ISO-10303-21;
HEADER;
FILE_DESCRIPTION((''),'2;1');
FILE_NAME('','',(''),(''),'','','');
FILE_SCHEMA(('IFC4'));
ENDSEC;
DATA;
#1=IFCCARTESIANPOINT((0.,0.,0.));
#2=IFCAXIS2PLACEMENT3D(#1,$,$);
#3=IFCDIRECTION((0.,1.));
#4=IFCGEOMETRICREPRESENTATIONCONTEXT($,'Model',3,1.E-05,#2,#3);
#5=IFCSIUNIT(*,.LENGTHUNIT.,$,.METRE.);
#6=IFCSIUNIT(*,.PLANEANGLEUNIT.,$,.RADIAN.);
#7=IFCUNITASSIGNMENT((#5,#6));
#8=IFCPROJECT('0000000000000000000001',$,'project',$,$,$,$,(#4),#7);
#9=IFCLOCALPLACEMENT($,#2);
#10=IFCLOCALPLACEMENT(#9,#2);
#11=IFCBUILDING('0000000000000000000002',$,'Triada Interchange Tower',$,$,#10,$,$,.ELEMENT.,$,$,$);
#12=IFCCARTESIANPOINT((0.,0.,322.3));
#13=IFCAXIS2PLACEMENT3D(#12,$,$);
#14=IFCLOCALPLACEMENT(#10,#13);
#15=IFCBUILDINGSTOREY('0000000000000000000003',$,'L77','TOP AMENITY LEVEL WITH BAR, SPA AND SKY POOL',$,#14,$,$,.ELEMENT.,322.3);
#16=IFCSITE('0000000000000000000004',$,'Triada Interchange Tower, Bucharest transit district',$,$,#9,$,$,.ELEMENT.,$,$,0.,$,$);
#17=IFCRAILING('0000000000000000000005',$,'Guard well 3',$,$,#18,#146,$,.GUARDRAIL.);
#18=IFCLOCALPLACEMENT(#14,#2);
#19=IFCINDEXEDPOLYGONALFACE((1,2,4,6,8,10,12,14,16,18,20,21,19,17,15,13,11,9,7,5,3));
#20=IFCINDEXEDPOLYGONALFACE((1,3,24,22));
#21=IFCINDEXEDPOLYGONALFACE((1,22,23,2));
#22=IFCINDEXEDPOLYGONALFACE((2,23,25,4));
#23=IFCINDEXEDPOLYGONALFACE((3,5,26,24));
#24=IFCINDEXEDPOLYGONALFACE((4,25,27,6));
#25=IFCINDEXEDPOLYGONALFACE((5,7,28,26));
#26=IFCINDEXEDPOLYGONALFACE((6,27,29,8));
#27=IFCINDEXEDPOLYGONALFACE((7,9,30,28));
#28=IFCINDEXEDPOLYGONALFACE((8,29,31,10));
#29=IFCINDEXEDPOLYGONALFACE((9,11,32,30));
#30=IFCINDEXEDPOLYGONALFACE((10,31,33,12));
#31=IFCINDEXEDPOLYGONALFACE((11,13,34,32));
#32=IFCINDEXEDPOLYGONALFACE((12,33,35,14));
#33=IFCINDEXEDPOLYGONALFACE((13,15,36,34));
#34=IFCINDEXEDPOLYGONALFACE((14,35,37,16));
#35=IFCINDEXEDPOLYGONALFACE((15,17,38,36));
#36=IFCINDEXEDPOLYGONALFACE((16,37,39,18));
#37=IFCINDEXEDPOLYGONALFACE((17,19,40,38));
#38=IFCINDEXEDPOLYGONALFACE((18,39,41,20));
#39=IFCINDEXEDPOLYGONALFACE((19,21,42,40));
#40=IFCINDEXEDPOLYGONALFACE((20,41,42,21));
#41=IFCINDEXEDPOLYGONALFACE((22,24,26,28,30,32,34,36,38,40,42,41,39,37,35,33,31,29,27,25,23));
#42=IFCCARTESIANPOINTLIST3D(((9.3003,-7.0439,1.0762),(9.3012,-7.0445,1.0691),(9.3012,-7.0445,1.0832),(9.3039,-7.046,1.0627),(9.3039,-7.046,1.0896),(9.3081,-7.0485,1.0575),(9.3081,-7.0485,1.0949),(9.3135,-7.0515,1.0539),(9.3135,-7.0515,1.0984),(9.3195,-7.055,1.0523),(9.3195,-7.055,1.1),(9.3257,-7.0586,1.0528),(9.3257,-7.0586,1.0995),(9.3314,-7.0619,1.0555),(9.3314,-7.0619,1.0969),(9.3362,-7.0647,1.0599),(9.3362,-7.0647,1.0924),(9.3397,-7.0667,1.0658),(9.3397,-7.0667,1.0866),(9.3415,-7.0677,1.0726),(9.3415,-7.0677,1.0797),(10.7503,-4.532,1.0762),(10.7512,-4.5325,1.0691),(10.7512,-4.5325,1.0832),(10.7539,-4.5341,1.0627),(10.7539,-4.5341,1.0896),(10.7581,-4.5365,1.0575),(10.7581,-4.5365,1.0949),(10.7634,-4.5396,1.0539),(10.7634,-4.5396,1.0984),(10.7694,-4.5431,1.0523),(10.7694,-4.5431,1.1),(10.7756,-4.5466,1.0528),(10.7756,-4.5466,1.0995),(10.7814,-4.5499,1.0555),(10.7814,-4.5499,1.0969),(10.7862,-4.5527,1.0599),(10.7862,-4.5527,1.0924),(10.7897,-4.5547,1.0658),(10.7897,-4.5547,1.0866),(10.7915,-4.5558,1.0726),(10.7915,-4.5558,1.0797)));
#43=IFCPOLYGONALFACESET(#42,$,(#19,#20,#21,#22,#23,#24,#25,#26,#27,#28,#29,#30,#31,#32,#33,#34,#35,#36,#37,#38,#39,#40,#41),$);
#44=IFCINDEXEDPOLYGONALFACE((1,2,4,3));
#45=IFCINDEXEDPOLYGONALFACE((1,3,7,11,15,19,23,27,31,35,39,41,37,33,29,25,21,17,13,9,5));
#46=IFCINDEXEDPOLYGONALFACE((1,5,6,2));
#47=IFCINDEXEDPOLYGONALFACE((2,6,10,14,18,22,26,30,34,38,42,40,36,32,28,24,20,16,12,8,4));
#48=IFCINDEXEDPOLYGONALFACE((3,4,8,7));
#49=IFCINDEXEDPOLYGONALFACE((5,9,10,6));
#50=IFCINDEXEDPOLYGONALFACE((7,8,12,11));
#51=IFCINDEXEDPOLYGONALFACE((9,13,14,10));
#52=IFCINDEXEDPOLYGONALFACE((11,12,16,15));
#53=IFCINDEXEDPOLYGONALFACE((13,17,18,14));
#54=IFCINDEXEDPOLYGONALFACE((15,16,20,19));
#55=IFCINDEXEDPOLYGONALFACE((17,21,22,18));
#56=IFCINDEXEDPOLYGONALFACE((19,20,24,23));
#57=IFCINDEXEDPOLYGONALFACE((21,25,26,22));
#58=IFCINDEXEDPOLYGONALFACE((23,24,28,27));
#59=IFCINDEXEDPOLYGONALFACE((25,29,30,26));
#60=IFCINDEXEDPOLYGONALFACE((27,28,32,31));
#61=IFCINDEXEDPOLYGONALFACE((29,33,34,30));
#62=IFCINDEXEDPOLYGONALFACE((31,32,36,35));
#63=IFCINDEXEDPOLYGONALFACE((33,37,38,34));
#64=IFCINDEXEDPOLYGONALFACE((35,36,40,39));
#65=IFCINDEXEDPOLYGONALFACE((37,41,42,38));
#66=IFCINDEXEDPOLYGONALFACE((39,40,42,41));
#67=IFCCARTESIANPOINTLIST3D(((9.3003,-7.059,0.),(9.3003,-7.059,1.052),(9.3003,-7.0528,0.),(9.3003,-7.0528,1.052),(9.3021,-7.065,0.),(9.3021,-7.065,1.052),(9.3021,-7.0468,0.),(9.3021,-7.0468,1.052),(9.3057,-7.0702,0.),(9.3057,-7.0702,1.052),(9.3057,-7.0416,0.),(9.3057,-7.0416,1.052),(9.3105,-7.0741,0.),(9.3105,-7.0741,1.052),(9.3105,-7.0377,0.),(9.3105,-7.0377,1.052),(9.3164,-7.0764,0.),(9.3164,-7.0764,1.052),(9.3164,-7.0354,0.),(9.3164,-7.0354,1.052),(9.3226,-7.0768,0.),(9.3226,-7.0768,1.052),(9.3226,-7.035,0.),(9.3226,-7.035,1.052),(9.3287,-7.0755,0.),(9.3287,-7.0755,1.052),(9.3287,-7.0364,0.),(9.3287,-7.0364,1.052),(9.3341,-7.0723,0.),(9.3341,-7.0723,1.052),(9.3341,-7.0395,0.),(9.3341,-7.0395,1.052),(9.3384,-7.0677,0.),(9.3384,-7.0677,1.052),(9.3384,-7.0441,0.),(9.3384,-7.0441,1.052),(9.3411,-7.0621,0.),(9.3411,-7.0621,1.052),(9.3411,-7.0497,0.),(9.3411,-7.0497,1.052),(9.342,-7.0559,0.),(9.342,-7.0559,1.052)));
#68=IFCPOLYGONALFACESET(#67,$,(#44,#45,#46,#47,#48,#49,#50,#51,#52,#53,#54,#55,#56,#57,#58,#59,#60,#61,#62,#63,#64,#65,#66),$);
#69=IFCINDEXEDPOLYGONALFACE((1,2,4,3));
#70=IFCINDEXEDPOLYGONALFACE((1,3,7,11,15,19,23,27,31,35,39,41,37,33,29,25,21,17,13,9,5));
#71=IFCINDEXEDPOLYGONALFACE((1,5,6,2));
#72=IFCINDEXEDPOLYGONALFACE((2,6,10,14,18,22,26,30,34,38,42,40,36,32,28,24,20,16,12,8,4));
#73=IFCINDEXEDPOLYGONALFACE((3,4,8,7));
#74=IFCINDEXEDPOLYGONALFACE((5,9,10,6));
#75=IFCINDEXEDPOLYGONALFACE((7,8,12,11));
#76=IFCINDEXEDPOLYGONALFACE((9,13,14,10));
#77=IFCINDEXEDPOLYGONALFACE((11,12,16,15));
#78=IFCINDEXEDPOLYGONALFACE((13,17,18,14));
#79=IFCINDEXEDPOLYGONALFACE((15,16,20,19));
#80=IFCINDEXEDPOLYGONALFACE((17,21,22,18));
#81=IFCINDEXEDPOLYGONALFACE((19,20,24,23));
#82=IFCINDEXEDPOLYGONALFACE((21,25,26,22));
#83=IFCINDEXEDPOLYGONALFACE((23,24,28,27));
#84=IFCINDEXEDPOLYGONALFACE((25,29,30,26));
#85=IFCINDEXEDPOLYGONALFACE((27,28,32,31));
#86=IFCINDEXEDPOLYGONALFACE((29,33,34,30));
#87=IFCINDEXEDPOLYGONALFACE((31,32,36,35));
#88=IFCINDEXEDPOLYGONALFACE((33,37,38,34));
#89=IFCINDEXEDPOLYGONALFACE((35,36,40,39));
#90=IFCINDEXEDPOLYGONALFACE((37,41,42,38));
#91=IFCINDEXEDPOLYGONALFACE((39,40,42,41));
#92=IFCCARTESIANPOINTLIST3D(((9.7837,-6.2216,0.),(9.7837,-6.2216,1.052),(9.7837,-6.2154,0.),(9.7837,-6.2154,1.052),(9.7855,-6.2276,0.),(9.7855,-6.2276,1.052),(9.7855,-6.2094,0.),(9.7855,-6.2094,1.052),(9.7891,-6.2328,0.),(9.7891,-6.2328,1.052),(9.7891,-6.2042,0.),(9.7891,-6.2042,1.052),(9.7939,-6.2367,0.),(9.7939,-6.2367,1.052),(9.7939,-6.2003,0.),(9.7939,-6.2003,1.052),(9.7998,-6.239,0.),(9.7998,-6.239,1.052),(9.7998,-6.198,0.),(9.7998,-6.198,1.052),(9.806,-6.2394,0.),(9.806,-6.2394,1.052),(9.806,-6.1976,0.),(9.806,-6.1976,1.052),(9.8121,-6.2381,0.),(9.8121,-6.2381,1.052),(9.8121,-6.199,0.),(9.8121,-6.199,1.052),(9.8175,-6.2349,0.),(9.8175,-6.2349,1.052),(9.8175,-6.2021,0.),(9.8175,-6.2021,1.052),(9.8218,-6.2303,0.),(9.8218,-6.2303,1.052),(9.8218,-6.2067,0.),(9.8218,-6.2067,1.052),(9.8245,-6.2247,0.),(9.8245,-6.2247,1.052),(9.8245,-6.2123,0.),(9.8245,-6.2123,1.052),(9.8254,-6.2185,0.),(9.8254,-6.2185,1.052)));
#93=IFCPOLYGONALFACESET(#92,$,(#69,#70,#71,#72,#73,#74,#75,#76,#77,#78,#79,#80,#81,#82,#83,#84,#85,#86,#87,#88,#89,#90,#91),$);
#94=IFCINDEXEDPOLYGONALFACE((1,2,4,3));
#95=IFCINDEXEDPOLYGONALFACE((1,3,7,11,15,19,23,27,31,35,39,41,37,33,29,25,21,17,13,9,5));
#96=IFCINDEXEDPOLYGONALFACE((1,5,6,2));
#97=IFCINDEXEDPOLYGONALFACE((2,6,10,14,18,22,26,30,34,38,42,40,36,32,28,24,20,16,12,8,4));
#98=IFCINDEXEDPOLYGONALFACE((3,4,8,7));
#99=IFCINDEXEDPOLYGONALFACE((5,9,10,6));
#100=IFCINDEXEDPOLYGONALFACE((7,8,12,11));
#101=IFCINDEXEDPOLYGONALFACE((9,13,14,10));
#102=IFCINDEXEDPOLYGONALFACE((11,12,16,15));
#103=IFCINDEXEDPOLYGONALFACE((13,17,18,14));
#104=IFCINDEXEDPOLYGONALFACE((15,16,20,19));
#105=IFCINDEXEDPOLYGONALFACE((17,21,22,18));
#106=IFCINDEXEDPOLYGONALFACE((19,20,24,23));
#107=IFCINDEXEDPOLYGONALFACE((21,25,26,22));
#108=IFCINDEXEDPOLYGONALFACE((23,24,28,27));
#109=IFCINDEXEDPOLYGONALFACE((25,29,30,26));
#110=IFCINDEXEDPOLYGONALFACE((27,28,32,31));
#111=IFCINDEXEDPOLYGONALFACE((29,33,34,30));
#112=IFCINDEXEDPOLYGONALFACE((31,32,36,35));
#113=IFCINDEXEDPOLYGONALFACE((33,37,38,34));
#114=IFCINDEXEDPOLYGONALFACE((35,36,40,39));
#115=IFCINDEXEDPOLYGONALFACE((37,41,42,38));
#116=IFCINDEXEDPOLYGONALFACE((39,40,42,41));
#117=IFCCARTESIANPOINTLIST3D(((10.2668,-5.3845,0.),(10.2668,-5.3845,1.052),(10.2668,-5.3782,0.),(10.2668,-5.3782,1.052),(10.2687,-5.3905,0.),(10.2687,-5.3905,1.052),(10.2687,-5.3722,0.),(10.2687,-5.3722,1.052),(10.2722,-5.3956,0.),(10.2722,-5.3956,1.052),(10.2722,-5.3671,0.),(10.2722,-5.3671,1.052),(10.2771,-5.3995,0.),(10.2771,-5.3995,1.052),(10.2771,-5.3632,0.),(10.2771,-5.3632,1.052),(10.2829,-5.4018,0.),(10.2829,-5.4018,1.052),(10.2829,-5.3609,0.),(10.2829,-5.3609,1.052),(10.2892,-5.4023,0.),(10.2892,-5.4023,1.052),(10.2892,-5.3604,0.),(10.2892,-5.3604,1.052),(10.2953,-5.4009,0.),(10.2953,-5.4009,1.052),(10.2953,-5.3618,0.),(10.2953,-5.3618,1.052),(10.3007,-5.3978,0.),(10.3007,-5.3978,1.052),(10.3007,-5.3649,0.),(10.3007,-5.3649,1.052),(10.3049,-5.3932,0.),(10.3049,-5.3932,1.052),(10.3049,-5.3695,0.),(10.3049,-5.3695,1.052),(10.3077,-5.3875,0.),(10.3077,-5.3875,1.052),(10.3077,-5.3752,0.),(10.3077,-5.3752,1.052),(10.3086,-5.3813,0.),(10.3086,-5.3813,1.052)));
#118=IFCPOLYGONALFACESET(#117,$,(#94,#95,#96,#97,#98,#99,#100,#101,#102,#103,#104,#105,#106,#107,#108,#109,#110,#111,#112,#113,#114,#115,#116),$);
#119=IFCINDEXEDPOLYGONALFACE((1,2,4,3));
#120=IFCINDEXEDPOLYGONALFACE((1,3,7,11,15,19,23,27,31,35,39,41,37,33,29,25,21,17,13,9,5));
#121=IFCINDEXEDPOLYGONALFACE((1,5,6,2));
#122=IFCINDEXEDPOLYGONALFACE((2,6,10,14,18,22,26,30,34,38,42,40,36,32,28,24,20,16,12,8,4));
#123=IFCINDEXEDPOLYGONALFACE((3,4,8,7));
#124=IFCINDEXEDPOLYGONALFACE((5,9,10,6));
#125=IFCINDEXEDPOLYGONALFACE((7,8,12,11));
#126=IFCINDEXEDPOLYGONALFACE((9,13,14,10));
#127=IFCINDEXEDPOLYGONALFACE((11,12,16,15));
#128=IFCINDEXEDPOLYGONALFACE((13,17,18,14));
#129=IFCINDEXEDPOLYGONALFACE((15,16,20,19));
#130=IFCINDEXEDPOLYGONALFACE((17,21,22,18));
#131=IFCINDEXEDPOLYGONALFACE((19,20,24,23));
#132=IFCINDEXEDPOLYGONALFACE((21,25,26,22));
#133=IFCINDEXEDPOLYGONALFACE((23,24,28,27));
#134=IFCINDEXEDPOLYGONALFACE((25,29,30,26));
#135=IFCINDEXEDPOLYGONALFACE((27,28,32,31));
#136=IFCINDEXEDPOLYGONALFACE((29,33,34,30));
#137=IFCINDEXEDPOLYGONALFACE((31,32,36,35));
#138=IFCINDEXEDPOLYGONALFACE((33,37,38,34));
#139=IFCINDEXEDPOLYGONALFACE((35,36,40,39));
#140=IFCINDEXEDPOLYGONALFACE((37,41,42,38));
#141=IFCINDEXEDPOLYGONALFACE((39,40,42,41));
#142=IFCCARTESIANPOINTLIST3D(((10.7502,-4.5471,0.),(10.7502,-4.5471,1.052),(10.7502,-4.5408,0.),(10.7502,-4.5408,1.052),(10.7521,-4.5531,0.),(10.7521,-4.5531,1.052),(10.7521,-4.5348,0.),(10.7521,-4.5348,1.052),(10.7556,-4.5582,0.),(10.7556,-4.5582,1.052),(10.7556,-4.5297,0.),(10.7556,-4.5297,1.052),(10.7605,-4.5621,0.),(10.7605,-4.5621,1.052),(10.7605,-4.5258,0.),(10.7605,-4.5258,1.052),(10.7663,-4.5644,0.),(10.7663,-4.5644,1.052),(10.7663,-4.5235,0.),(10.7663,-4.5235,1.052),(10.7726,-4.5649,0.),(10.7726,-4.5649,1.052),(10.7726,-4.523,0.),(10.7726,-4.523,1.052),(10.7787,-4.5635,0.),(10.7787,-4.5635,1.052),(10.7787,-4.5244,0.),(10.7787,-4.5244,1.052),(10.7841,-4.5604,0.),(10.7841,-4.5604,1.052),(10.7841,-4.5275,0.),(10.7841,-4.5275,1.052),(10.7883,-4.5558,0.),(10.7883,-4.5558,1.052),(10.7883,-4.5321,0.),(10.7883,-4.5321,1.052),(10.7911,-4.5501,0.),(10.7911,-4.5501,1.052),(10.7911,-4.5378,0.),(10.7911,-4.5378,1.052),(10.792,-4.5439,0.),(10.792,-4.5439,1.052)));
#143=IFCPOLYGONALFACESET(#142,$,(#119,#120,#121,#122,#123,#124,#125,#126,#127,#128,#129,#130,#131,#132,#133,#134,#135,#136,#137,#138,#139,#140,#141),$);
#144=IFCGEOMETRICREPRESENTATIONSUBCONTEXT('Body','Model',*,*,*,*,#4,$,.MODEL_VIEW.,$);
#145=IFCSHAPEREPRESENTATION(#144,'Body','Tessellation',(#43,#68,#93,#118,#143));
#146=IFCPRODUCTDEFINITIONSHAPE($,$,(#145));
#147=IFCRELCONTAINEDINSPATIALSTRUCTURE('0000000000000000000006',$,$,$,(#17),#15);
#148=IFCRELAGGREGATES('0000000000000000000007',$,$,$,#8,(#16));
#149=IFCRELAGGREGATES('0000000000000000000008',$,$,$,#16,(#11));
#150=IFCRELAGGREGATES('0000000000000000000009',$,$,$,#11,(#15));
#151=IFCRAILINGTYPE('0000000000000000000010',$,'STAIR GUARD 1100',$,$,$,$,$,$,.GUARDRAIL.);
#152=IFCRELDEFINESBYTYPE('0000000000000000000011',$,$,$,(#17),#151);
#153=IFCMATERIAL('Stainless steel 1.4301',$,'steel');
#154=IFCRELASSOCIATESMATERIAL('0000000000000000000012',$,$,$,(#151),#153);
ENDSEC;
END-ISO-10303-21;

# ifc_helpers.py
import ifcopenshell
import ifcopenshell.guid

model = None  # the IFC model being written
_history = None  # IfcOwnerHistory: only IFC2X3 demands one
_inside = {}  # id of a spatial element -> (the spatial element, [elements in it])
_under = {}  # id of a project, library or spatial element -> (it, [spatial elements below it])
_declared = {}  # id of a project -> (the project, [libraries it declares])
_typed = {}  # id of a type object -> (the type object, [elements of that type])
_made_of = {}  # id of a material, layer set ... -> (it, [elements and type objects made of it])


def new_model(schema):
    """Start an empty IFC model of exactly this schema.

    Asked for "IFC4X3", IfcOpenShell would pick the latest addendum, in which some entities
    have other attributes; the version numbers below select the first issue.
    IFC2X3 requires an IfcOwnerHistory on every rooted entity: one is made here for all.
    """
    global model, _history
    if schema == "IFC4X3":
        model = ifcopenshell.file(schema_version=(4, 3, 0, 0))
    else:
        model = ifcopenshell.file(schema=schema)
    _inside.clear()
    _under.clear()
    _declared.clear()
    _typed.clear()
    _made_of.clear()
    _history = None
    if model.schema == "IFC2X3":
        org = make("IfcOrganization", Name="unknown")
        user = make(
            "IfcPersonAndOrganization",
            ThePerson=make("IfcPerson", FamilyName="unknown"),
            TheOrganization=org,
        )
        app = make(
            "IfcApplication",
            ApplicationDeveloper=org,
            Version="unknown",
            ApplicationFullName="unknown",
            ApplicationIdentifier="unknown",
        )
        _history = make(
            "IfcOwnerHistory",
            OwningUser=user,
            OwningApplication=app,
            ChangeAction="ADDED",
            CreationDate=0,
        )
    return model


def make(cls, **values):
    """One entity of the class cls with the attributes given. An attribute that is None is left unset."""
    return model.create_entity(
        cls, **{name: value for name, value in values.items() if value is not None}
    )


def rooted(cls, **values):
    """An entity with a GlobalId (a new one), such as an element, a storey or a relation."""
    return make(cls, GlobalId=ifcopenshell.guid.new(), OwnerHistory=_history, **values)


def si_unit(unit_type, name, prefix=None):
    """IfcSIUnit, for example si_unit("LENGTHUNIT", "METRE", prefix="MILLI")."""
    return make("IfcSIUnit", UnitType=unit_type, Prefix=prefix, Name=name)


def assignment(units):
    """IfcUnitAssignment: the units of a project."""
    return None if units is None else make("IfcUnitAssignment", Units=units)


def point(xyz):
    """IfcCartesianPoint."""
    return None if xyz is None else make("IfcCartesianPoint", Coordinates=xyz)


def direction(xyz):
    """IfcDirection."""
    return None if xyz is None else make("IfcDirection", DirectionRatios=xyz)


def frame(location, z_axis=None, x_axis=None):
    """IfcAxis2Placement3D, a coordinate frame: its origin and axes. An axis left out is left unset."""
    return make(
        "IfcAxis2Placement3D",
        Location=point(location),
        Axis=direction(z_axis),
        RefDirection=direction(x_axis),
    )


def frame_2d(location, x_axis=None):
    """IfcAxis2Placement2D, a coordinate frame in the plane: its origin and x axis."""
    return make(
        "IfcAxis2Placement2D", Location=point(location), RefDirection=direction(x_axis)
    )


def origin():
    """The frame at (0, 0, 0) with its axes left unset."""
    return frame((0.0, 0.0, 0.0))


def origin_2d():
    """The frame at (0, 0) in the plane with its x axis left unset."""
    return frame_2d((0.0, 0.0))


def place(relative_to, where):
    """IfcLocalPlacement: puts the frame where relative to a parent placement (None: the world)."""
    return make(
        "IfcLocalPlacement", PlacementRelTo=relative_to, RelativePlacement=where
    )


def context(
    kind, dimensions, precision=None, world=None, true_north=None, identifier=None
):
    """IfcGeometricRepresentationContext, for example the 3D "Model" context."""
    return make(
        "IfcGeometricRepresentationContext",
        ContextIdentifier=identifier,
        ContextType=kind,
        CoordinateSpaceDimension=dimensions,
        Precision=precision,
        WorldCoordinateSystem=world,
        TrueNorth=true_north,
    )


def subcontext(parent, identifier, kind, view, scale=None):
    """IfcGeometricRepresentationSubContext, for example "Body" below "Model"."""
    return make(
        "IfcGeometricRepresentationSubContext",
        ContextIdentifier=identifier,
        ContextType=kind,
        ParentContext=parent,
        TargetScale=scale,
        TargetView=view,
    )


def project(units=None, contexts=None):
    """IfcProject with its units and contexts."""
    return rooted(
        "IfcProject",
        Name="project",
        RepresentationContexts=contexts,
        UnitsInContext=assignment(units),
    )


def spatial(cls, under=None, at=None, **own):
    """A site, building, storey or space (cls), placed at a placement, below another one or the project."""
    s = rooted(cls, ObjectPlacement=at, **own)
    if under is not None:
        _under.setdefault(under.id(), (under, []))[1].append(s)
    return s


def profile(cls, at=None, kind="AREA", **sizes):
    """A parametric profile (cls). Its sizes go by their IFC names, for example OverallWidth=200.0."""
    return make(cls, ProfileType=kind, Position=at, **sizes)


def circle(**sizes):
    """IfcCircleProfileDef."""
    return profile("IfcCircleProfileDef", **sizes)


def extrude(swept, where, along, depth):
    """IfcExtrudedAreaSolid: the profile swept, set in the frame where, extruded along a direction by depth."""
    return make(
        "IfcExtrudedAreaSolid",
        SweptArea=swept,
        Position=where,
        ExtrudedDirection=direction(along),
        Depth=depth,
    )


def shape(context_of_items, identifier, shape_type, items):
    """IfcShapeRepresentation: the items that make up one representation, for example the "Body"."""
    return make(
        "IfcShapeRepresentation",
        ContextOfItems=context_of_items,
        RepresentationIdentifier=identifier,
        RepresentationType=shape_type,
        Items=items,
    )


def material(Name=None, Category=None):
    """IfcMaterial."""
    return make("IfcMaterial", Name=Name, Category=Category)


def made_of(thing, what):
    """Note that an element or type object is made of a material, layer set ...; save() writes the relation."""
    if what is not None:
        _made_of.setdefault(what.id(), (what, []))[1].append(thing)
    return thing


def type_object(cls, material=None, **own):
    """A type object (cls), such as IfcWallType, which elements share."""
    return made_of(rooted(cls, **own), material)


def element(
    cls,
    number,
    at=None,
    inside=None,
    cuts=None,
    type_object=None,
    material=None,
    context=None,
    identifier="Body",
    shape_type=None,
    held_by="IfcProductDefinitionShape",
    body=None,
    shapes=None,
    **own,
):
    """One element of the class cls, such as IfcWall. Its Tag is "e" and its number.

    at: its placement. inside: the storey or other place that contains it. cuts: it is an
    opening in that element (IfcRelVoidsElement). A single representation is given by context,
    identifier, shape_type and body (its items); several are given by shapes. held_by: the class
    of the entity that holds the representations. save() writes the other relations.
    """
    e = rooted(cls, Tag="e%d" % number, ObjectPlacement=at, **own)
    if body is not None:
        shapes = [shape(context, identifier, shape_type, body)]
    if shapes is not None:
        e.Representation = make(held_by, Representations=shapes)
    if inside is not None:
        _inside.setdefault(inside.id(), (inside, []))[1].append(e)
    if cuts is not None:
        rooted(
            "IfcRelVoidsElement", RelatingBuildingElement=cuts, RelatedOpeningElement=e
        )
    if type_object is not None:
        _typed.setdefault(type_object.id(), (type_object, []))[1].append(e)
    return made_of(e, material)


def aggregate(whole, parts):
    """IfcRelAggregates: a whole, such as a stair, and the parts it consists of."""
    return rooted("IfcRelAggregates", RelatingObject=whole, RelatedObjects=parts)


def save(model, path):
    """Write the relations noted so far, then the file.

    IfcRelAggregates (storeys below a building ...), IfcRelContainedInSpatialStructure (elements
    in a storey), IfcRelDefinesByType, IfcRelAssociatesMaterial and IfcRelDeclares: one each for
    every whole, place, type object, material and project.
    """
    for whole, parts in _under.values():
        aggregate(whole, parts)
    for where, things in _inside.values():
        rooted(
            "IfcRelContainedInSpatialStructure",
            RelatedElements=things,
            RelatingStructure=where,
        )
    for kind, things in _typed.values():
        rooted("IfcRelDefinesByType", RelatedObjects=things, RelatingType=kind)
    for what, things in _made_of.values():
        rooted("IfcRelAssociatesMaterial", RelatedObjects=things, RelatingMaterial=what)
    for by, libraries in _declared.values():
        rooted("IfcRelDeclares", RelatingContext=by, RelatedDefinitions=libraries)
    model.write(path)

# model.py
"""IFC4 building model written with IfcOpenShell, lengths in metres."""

from ifc_helpers import new_model, si_unit, direction, frame, origin, origin_2d, place, context, subcontext, project, spatial, circle, extrude, material, type_object, element, save


model = new_model("IFC4")

# Units and contexts
model_context = context("Model", 3, precision=1e-05, world=origin(), true_north=direction((0.0, 1.0)))
body_context = subcontext(model_context, "Body", "Model", "MODEL_VIEW")
ifc_project = project(units=[si_unit("LENGTHUNIT", "METRE"), si_unit("PLANEANGLEUNIT", "RADIAN")], contexts=[model_context])

# Site, building, storey
site_placement = place(None, origin())
site = spatial("IfcSite", under=ifc_project, at=site_placement, Name="Triada Interchange Tower, Bucharest transit district", CompositionType="ELEMENT", RefElevation=0.0)
building_placement = place(site_placement, origin())
building = spatial("IfcBuilding", under=site, at=building_placement, Name="Triada Interchange Tower", CompositionType="ELEMENT")
storey_placement = place(building_placement, frame((0.0, 0.0, 322.3)))
storey = spatial("IfcBuildingStorey", under=building, at=storey_placement, Name="L77", Description="TOP AMENITY LEVEL WITH BAR, SPA AND SKY POOL", CompositionType="ELEMENT", Elevation=322.3)

# Railing
ifc_material_1 = material(Name="Stainless steel 1.4301", Category="steel")
railing_type = type_object("IfcRailingType", Name="STAIR GUARD 1100", PredefinedType="GUARDRAIL", material=ifc_material_1)
railing_placement = place(storey_placement, frame((9.321, -7.0559, 0.0)))
element("IfcRailing", 1, at=railing_placement, inside=storey, type_object=railing_type, Name="Guard well 3", PredefinedType="GUARDRAIL", context=body_context, shape_type="SweptSolid", body=[
    extrude(circle(Radius=0.0239, at=origin_2d()), frame((0.0, 0.0, 1.0762), z_axis=(0.499914, 0.866075, 0.0), x_axis=(-0.866075, 0.499914, 0.0)), (0.0, 0.0, 1.0), 2.9004),
    extrude(circle(Radius=0.021, at=origin_2d()), origin(), (0.0, 0.0, 1.0), 1.052),
    extrude(circle(Radius=0.021, at=origin_2d()), frame((0.4834, 0.8374, 0.0)), (0.0, 0.0, 1.0), 1.052),
    extrude(circle(Radius=0.021, at=origin_2d()), frame((0.9666, 1.6746, 0.0)), (0.0, 0.0, 1.0), 1.052),
    extrude(circle(Radius=0.021, at=origin_2d()), frame((1.45, 2.512, 0.0)), (0.0, 0.0, 1.0), 1.052),
])

save(model, "model.ifc")
